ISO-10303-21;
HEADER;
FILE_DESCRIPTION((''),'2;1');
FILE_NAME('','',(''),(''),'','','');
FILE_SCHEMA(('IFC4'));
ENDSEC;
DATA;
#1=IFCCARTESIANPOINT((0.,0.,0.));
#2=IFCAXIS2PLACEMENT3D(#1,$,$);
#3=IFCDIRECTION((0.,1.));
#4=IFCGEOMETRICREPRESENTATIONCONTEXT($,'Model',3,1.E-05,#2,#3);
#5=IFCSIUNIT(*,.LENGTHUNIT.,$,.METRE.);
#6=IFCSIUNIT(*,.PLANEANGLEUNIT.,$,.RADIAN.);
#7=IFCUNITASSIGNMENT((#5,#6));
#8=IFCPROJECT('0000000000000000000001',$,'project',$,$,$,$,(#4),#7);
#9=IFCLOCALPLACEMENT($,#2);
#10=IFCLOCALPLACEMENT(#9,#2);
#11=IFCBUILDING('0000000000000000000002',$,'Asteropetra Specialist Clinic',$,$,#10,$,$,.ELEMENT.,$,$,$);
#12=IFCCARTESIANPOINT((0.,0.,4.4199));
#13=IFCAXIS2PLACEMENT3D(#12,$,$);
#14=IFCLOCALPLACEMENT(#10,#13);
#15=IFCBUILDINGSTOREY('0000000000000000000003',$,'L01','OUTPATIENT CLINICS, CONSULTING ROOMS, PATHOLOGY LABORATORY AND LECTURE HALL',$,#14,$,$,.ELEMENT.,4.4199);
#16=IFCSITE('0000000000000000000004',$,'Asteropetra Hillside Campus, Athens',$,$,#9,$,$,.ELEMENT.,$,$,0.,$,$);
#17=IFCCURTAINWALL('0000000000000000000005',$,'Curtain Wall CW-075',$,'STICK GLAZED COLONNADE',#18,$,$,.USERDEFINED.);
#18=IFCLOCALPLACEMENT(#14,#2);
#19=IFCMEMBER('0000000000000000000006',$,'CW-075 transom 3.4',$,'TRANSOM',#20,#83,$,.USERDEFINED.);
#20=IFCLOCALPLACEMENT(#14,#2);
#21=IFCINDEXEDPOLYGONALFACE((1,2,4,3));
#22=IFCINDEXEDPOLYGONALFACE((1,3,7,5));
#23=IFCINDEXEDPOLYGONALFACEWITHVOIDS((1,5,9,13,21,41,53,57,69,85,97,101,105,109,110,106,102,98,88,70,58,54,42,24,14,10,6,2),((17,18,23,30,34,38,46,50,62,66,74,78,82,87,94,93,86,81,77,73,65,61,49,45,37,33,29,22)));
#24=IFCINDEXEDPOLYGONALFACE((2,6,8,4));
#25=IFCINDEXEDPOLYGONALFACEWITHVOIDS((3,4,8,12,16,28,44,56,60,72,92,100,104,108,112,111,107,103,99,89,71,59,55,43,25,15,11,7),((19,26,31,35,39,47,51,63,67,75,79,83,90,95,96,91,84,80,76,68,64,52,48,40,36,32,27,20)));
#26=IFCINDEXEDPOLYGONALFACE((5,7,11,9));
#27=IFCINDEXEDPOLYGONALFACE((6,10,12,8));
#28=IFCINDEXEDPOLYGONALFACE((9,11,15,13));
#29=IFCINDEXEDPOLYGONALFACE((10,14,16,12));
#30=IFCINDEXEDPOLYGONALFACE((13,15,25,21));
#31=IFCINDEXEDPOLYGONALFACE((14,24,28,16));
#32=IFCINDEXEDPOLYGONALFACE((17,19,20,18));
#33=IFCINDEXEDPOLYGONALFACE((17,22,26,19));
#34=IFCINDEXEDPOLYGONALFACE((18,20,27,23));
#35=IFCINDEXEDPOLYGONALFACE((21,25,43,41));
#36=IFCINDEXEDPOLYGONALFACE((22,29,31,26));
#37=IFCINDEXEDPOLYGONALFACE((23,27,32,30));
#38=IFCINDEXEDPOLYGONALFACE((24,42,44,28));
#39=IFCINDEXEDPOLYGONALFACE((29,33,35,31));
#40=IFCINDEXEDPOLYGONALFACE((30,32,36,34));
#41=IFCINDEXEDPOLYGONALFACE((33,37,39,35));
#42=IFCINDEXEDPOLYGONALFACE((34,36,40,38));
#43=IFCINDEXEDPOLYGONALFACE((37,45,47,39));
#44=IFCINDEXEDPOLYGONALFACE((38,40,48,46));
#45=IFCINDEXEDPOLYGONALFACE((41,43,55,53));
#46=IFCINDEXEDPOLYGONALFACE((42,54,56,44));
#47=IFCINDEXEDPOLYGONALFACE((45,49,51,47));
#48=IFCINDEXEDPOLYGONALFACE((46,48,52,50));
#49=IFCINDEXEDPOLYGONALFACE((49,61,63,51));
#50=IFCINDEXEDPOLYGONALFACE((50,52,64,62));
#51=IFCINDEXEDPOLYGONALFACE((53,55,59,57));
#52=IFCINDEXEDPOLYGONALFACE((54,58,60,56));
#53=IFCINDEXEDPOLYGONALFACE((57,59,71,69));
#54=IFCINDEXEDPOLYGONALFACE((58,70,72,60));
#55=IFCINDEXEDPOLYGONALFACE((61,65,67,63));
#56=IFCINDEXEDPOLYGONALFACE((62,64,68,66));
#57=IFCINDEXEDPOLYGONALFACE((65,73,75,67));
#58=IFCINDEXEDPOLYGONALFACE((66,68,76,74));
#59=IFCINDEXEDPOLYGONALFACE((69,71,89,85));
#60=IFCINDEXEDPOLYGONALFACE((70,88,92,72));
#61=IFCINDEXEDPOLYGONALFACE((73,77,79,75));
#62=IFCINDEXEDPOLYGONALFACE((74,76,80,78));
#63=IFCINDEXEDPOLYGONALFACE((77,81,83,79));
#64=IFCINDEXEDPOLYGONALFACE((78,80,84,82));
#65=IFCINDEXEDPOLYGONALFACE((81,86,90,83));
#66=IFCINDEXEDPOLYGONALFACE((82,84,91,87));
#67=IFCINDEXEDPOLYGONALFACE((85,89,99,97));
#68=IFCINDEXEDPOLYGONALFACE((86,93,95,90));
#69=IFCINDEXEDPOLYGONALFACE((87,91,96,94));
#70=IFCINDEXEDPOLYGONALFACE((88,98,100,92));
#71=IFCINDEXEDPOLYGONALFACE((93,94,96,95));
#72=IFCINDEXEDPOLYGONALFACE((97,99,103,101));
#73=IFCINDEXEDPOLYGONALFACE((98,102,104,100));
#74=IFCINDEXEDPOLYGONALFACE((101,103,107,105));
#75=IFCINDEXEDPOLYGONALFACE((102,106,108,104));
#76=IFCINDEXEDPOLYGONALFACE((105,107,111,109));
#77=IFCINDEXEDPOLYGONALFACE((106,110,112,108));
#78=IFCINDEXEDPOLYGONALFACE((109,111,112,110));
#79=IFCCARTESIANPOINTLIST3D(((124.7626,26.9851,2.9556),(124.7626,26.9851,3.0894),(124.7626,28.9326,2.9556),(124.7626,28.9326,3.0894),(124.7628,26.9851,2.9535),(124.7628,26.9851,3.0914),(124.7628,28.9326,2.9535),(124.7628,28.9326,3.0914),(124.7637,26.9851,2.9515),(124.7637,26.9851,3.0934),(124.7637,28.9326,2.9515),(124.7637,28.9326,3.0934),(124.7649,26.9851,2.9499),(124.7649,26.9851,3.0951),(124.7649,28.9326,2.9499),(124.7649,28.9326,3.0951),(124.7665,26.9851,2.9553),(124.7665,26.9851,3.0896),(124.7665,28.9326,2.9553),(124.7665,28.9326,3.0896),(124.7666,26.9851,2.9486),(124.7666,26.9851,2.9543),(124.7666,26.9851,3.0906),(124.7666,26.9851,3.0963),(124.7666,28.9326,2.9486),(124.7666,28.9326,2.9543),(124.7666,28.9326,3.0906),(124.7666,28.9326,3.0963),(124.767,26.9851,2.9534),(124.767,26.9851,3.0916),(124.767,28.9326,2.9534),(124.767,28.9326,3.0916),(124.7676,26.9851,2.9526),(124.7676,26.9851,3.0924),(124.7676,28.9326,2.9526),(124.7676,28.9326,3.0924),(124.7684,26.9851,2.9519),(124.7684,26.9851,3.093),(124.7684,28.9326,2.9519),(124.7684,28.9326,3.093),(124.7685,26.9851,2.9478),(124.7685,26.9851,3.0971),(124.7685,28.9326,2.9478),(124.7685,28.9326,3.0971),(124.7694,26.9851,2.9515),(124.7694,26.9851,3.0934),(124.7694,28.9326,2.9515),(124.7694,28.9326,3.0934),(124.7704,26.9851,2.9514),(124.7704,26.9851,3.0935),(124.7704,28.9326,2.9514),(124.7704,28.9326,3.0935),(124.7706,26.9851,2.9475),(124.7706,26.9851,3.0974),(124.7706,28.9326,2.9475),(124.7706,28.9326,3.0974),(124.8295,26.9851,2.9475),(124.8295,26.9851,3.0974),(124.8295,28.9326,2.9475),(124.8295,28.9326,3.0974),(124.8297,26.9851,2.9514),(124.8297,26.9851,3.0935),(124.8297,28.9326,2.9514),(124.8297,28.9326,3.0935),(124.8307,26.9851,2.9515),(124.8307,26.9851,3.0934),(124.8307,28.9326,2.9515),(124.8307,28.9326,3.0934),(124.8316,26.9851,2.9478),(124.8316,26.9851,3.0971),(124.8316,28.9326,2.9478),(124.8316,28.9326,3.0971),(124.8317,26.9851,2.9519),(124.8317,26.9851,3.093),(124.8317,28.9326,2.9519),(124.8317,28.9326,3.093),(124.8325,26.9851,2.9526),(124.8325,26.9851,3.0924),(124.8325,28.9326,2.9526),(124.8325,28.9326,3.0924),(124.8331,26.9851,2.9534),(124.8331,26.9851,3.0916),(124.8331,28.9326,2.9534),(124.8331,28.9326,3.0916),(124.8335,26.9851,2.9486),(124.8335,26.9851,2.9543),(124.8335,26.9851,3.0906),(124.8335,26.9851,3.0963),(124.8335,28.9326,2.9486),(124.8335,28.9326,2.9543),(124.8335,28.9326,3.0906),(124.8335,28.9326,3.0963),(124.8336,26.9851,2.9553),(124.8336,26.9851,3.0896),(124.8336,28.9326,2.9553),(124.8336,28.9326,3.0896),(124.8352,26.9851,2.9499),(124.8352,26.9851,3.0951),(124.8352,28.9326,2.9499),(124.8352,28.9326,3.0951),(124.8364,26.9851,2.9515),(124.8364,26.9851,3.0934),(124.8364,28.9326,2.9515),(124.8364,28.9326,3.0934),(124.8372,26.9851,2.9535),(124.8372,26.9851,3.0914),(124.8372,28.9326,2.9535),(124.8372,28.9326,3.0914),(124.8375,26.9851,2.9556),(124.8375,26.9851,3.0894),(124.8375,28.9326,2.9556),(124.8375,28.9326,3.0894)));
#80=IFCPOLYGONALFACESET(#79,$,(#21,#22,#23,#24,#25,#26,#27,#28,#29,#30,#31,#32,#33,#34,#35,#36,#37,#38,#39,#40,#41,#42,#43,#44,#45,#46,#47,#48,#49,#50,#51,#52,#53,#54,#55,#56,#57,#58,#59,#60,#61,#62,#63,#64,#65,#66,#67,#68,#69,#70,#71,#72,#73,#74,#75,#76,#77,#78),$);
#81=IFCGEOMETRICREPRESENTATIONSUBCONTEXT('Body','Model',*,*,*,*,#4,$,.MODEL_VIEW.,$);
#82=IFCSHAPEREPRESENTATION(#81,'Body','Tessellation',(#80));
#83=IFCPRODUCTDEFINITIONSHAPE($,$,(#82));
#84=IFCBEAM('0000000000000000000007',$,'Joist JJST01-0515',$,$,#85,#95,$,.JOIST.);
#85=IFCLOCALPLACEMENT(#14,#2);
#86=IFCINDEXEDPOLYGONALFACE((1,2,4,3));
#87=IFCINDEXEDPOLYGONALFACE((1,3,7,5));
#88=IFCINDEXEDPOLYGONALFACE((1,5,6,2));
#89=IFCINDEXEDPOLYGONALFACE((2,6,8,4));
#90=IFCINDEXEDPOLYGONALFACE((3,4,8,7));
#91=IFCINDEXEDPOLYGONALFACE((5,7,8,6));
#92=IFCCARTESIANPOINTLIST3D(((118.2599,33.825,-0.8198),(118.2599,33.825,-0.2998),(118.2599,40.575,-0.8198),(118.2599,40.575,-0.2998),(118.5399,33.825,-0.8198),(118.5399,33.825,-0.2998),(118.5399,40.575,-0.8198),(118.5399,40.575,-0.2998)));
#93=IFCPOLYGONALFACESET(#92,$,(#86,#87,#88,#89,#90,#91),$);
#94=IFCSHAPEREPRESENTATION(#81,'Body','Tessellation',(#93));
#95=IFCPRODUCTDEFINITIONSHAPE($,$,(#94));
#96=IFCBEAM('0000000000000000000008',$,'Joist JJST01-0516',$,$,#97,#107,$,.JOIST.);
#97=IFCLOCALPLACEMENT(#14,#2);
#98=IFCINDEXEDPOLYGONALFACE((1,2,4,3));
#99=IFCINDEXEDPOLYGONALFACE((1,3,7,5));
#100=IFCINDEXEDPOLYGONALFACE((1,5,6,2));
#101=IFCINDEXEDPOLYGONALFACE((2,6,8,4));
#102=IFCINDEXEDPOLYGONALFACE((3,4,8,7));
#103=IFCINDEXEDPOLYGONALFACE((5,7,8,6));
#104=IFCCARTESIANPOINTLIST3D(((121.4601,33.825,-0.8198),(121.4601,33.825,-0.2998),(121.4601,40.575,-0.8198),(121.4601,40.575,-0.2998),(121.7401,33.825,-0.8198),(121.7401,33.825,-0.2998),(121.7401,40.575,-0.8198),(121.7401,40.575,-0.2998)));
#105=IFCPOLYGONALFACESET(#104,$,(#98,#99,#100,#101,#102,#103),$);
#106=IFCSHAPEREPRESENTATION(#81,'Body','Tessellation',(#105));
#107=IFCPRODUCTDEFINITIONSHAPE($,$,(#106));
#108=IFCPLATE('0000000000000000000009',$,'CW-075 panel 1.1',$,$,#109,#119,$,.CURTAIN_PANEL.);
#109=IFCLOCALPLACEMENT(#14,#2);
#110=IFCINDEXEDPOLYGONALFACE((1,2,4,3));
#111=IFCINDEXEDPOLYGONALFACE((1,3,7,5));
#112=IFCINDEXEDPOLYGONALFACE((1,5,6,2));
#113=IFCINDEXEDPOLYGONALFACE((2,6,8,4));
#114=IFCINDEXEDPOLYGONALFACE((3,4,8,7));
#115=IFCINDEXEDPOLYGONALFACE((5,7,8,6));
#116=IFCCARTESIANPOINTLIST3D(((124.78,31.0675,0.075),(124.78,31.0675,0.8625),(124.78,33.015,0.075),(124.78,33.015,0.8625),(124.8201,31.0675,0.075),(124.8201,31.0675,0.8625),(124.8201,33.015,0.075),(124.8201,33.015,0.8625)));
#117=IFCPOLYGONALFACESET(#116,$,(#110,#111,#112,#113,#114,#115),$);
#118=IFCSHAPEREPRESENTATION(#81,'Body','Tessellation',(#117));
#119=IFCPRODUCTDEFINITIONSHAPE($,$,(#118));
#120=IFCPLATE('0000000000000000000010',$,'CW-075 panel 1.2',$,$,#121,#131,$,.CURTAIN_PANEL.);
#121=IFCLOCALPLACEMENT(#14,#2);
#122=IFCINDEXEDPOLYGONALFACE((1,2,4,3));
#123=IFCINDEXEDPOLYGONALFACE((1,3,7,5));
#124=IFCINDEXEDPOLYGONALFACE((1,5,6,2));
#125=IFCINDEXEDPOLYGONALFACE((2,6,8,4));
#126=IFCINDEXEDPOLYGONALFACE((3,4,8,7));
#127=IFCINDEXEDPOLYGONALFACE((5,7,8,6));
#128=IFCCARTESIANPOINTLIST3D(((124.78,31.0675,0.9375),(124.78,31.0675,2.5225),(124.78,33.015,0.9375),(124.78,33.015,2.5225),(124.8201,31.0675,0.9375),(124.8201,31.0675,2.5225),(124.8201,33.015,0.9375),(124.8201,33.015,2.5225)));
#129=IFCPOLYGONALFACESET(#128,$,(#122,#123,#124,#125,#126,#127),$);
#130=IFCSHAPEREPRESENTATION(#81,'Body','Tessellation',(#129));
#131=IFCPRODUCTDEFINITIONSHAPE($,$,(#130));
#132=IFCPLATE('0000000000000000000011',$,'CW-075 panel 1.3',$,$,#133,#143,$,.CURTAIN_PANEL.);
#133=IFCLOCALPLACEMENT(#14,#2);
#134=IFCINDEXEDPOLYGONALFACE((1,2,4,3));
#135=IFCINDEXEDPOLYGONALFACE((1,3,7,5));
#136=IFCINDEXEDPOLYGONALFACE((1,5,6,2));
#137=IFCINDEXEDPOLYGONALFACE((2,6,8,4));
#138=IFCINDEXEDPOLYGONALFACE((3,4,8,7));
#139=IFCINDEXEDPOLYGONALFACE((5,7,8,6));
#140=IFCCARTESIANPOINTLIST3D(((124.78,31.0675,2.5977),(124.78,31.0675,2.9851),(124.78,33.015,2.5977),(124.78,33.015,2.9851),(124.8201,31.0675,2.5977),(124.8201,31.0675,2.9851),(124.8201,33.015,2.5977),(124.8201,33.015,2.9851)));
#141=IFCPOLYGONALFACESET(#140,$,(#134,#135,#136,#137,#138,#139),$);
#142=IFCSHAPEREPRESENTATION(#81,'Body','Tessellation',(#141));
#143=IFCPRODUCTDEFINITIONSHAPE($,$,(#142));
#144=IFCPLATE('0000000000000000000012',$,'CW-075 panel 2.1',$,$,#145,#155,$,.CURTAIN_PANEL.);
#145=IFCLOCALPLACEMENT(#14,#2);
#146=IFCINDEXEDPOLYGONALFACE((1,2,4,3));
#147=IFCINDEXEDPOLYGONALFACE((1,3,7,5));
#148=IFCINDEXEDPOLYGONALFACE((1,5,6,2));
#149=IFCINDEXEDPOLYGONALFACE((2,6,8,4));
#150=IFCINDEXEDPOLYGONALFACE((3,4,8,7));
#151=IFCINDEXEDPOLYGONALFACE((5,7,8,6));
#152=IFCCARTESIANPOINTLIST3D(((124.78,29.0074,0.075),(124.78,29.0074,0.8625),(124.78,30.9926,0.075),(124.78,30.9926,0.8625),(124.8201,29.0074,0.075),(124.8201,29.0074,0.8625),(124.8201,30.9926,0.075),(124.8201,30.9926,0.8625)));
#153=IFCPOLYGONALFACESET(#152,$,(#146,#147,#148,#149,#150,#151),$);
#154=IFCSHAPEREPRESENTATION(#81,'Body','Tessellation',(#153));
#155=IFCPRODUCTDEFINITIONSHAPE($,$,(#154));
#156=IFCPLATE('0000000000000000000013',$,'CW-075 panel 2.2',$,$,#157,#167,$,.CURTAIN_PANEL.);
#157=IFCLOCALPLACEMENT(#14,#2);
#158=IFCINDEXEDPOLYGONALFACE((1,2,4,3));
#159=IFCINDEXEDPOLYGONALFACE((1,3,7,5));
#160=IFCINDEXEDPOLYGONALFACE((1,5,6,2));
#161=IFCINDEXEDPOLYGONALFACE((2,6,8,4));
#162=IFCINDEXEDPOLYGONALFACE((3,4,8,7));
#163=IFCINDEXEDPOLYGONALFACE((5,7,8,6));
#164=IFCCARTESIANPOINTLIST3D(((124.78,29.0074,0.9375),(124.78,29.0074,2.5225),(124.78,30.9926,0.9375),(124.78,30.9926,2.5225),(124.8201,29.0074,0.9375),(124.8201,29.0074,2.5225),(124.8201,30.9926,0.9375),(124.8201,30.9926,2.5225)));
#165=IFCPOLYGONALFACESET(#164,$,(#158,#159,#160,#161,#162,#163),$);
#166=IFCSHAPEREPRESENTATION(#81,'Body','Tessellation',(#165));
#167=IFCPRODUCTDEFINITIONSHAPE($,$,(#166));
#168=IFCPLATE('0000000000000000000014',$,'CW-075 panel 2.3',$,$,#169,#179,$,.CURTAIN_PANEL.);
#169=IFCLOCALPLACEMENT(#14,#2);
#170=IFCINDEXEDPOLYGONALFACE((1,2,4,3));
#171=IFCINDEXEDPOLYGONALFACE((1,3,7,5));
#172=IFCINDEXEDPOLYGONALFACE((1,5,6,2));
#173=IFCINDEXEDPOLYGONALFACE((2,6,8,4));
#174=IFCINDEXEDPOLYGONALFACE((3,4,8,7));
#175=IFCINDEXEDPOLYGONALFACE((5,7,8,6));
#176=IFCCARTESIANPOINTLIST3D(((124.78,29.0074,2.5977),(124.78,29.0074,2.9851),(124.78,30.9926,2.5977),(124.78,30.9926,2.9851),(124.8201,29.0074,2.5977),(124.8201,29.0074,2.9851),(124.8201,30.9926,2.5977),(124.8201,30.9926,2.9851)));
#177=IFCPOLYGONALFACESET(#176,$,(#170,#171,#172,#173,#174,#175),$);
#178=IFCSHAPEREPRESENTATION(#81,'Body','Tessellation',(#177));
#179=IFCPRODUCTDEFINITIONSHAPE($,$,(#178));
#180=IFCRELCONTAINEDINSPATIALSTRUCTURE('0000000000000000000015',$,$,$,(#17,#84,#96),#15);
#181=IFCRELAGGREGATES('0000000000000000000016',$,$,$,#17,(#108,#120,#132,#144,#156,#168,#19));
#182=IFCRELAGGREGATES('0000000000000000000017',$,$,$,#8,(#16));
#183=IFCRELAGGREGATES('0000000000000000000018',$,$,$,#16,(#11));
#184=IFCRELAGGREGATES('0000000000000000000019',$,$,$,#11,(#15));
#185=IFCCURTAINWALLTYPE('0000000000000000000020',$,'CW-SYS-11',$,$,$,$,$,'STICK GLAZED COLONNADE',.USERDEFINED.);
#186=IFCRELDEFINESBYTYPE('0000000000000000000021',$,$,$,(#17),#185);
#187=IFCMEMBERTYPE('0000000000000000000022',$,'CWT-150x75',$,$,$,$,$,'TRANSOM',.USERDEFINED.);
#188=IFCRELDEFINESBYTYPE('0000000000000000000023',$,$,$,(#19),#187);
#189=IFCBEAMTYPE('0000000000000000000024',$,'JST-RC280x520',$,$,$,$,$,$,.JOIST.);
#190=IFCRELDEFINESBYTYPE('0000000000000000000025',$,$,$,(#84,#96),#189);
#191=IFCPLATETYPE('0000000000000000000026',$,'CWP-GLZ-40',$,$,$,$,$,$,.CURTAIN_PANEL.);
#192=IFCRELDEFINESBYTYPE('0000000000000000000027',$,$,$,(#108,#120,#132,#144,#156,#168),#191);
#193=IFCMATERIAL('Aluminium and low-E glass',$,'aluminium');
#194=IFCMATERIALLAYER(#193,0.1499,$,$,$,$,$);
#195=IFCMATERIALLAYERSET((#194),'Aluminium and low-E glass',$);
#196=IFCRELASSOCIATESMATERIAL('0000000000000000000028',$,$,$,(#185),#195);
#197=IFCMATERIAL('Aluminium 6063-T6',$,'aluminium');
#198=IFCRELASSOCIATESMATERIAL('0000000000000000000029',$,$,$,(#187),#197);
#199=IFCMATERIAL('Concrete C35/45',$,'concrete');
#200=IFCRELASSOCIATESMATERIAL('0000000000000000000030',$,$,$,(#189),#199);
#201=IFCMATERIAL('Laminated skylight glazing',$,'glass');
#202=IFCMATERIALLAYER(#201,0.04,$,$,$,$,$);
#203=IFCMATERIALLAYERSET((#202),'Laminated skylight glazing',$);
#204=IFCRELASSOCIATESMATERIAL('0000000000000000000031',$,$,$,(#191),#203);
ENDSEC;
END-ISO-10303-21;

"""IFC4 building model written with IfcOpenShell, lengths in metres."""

from ifc_helpers import new_model, si_unit, direction, frame, origin, origin_2d, place, context, subcontext, project, spatial, rectangle, hollow_rectangle, extrude, material, layer, layer_set, material_profile, profile_set, type_object, element, aggregate, save


model = new_model("IFC4")

# Units and contexts
model_context = context("Model", 3, precision=1e-05, world=origin(), true_north=direction((0.0, 1.0)))
body_context = subcontext(model_context, "Body", "Model", "MODEL_VIEW")
ifc_project = project(units=[si_unit("LENGTHUNIT", "METRE"), si_unit("PLANEANGLEUNIT", "RADIAN")], contexts=[model_context])

# Site, building, storey
site_placement = place(None, origin())
site = spatial("IfcSite", under=ifc_project, at=site_placement, Name="Asteropetra Hillside Campus, Athens", CompositionType="ELEMENT", RefElevation=0.0)
building_placement = place(site_placement, origin())
building = spatial("IfcBuilding", under=site, at=building_placement, Name="Asteropetra Specialist Clinic", CompositionType="ELEMENT")
storey_placement = place(building_placement, frame((0.0, 0.0, 4.4199)))
storey = spatial("IfcBuildingStorey", under=building, at=storey_placement, Name="L01", Description="OUTPATIENT CLINICS, CONSULTING ROOMS, PATHOLOGY LABORATORY AND LECTURE HALL", CompositionType="ELEMENT", Elevation=4.4199)

# Curtain wall, member
ifc_material_1 = material(Name="Aluminium and low-E glass", Category="aluminium")
ifc_layer_1 = layer(ifc_material_1, 0.1499)
ifc_layer_set_1 = layer_set([ifc_layer_1], Name="Aluminium and low-E glass")
curtain_wall_type = type_object("IfcCurtainWallType", Name="CW-SYS-11", ElementType="STICK GLAZED COLONNADE", PredefinedType="USERDEFINED", material=ifc_layer_set_1)
curtain_wall_placement = place(storey_placement, origin())
curtain_wall = element("IfcCurtainWall", 1, at=curtain_wall_placement, inside=storey, type_object=curtain_wall_type, Name="Curtain Wall CW-075", ObjectType="STICK GLAZED COLONNADE", PredefinedType="USERDEFINED")
ifc_material_2 = material(Name="Aluminium 6063-T6", Category="aluminium")
ifc_material_profile_1 = material_profile(ifc_material_2, hollow_rectangle(XDim=0.075, YDim=0.1499, WallThickness=0.0039, InnerFilletRadius=0.0039, OuterFilletRadius=0.0081, at=origin_2d()), Name="TRN 150x75x4.0")
ifc_profile_set_1 = profile_set([ifc_material_profile_1], Name="Aluminium 6063-T6")
member_type_1 = type_object("IfcMemberType", Name="CWT-150x75", ElementType="TRANSOM", PredefinedType="USERDEFINED", material=ifc_profile_set_1)
member_1_placement = place(storey_placement, frame((124.8, 28.9326, 3.0225), z_axis=(0.0, -1.0, 0.0), x_axis=(1.0, 0.0, 0.0)))
member_1 = element("IfcMember", 2, at=member_1_placement, type_object=member_type_1, Name="CW-075 transom 3.4", ObjectType="TRANSOM", PredefinedType="USERDEFINED", context=body_context, shape_type="SweptSolid", body=[
    extrude(hollow_rectangle(XDim=0.075, YDim=0.1499, WallThickness=0.0039, InnerFilletRadius=0.0039, OuterFilletRadius=0.0081, at=origin_2d()), origin(), (0.0, 0.0, 1.0), 1.9475),
])

# Beams
ifc_material_3 = material(Name="Concrete C35/45", Category="concrete")
ifc_material_profile_2 = material_profile(ifc_material_3, rectangle(XDim=0.28, YDim=0.52, at=origin_2d()), Name="RCJ 280x520")
ifc_profile_set_2 = profile_set([ifc_material_profile_2], Name="Concrete C35/45")
beam_type = type_object("IfcBeamType", Name="JST-RC280x520", PredefinedType="JOIST", material=ifc_profile_set_2)
for number, where, z_axis, x_axis, name in (
    (3, (118.3999, 33.825, -0.5598), (0.0, 1.0, 0.0), (-1.0, 0.0, 0.0), "Joist JJST01-0515"),
    (4, (121.6001, 33.825, -0.5598), (0.0, 1.0, 0.0), (-1.0, 0.0, 0.0), "Joist JJST01-0516"),
):
    element("IfcBeam", number, at=place(storey_placement, frame(where, z_axis=z_axis, x_axis=x_axis)), inside=storey, type_object=beam_type, Name=name, PredefinedType="JOIST", context=body_context, shape_type="SweptSolid", body=[
        extrude(rectangle(XDim=0.28, YDim=0.52, at=origin_2d()), origin(), (0.0, 0.0, 1.0), 6.75),
    ])

# Plates
ifc_material_4 = material(Name="Laminated skylight glazing", Category="glass")
ifc_layer_2 = layer(ifc_material_4, 0.04)
ifc_layer_set_2 = layer_set([ifc_layer_2], Name="Laminated skylight glazing")
plate_type = type_object("IfcPlateType", Name="CWP-GLZ-40", PredefinedType="CURTAIN_PANEL", material=ifc_layer_set_2)
plate_1_placement = place(storey_placement, frame((124.8, 32.0413, 0.075), z_axis=(0.0, 0.0, 1.0), x_axis=(0.0, -1.0, 0.0)))
plate_1 = element("IfcPlate", 5, at=plate_1_placement, type_object=plate_type, Name="CW-075 panel 1.1", PredefinedType="CURTAIN_PANEL", context=body_context, shape_type="SweptSolid", body=[
    extrude(rectangle(XDim=1.9475, YDim=0.04, at=origin_2d()), origin(), (0.0, 0.0, 1.0), 0.7876),
])
plate_2_placement = place(storey_placement, frame((124.8, 32.0413, 0.9375), z_axis=(0.0, 0.0, 1.0), x_axis=(0.0, -1.0, 0.0)))
plate_2 = element("IfcPlate", 6, at=plate_2_placement, type_object=plate_type, Name="CW-075 panel 1.2", PredefinedType="CURTAIN_PANEL", context=body_context, shape_type="SweptSolid", body=[
    extrude(rectangle(XDim=1.9475, YDim=0.04, at=origin_2d()), origin(), (0.0, 0.0, 1.0), 1.585),
])
plate_3_placement = place(storey_placement, frame((124.8, 32.0413, 2.5977), z_axis=(0.0, 0.0, 1.0), x_axis=(0.0, -1.0, 0.0)))
plate_3 = element("IfcPlate", 7, at=plate_3_placement, type_object=plate_type, Name="CW-075 panel 1.3", PredefinedType="CURTAIN_PANEL", context=body_context, shape_type="SweptSolid", body=[
    extrude(rectangle(XDim=1.9475, YDim=0.04, at=origin_2d()), origin(), (0.0, 0.0, 1.0), 0.3875),
])
plate_4_placement = place(storey_placement, frame((124.8, 30.0, 0.075), z_axis=(0.0, 0.0, 1.0), x_axis=(0.0, -1.0, 0.0)))
plate_4 = element("IfcPlate", 8, at=plate_4_placement, type_object=plate_type, Name="CW-075 panel 2.1", PredefinedType="CURTAIN_PANEL", context=body_context, shape_type="SweptSolid", body=[
    extrude(rectangle(XDim=1.9851, YDim=0.04, at=origin_2d()), origin(), (0.0, 0.0, 1.0), 0.7876),
])
plate_5_placement = place(storey_placement, frame((124.8, 30.0, 0.9375), z_axis=(0.0, 0.0, 1.0), x_axis=(0.0, -1.0, 0.0)))
plate_5 = element("IfcPlate", 9, at=plate_5_placement, type_object=plate_type, Name="CW-075 panel 2.2", PredefinedType="CURTAIN_PANEL", context=body_context, shape_type="SweptSolid", body=[
    extrude(rectangle(XDim=1.9851, YDim=0.04, at=origin_2d()), origin(), (0.0, 0.0, 1.0), 1.585),
])
plate_6_placement = place(storey_placement, frame((124.8, 30.0, 2.5977), z_axis=(0.0, 0.0, 1.0), x_axis=(0.0, -1.0, 0.0)))
plate_6 = element("IfcPlate", 10, at=plate_6_placement, type_object=plate_type, Name="CW-075 panel 2.3", PredefinedType="CURTAIN_PANEL", context=body_context, shape_type="SweptSolid", body=[
    extrude(rectangle(XDim=1.9851, YDim=0.04, at=origin_2d()), origin(), (0.0, 0.0, 1.0), 0.3875),
])
aggregate(curtain_wall, [plate_1, plate_2, plate_3, plate_4, plate_5, plate_6, member_1])

save(model, "model.ifc")
